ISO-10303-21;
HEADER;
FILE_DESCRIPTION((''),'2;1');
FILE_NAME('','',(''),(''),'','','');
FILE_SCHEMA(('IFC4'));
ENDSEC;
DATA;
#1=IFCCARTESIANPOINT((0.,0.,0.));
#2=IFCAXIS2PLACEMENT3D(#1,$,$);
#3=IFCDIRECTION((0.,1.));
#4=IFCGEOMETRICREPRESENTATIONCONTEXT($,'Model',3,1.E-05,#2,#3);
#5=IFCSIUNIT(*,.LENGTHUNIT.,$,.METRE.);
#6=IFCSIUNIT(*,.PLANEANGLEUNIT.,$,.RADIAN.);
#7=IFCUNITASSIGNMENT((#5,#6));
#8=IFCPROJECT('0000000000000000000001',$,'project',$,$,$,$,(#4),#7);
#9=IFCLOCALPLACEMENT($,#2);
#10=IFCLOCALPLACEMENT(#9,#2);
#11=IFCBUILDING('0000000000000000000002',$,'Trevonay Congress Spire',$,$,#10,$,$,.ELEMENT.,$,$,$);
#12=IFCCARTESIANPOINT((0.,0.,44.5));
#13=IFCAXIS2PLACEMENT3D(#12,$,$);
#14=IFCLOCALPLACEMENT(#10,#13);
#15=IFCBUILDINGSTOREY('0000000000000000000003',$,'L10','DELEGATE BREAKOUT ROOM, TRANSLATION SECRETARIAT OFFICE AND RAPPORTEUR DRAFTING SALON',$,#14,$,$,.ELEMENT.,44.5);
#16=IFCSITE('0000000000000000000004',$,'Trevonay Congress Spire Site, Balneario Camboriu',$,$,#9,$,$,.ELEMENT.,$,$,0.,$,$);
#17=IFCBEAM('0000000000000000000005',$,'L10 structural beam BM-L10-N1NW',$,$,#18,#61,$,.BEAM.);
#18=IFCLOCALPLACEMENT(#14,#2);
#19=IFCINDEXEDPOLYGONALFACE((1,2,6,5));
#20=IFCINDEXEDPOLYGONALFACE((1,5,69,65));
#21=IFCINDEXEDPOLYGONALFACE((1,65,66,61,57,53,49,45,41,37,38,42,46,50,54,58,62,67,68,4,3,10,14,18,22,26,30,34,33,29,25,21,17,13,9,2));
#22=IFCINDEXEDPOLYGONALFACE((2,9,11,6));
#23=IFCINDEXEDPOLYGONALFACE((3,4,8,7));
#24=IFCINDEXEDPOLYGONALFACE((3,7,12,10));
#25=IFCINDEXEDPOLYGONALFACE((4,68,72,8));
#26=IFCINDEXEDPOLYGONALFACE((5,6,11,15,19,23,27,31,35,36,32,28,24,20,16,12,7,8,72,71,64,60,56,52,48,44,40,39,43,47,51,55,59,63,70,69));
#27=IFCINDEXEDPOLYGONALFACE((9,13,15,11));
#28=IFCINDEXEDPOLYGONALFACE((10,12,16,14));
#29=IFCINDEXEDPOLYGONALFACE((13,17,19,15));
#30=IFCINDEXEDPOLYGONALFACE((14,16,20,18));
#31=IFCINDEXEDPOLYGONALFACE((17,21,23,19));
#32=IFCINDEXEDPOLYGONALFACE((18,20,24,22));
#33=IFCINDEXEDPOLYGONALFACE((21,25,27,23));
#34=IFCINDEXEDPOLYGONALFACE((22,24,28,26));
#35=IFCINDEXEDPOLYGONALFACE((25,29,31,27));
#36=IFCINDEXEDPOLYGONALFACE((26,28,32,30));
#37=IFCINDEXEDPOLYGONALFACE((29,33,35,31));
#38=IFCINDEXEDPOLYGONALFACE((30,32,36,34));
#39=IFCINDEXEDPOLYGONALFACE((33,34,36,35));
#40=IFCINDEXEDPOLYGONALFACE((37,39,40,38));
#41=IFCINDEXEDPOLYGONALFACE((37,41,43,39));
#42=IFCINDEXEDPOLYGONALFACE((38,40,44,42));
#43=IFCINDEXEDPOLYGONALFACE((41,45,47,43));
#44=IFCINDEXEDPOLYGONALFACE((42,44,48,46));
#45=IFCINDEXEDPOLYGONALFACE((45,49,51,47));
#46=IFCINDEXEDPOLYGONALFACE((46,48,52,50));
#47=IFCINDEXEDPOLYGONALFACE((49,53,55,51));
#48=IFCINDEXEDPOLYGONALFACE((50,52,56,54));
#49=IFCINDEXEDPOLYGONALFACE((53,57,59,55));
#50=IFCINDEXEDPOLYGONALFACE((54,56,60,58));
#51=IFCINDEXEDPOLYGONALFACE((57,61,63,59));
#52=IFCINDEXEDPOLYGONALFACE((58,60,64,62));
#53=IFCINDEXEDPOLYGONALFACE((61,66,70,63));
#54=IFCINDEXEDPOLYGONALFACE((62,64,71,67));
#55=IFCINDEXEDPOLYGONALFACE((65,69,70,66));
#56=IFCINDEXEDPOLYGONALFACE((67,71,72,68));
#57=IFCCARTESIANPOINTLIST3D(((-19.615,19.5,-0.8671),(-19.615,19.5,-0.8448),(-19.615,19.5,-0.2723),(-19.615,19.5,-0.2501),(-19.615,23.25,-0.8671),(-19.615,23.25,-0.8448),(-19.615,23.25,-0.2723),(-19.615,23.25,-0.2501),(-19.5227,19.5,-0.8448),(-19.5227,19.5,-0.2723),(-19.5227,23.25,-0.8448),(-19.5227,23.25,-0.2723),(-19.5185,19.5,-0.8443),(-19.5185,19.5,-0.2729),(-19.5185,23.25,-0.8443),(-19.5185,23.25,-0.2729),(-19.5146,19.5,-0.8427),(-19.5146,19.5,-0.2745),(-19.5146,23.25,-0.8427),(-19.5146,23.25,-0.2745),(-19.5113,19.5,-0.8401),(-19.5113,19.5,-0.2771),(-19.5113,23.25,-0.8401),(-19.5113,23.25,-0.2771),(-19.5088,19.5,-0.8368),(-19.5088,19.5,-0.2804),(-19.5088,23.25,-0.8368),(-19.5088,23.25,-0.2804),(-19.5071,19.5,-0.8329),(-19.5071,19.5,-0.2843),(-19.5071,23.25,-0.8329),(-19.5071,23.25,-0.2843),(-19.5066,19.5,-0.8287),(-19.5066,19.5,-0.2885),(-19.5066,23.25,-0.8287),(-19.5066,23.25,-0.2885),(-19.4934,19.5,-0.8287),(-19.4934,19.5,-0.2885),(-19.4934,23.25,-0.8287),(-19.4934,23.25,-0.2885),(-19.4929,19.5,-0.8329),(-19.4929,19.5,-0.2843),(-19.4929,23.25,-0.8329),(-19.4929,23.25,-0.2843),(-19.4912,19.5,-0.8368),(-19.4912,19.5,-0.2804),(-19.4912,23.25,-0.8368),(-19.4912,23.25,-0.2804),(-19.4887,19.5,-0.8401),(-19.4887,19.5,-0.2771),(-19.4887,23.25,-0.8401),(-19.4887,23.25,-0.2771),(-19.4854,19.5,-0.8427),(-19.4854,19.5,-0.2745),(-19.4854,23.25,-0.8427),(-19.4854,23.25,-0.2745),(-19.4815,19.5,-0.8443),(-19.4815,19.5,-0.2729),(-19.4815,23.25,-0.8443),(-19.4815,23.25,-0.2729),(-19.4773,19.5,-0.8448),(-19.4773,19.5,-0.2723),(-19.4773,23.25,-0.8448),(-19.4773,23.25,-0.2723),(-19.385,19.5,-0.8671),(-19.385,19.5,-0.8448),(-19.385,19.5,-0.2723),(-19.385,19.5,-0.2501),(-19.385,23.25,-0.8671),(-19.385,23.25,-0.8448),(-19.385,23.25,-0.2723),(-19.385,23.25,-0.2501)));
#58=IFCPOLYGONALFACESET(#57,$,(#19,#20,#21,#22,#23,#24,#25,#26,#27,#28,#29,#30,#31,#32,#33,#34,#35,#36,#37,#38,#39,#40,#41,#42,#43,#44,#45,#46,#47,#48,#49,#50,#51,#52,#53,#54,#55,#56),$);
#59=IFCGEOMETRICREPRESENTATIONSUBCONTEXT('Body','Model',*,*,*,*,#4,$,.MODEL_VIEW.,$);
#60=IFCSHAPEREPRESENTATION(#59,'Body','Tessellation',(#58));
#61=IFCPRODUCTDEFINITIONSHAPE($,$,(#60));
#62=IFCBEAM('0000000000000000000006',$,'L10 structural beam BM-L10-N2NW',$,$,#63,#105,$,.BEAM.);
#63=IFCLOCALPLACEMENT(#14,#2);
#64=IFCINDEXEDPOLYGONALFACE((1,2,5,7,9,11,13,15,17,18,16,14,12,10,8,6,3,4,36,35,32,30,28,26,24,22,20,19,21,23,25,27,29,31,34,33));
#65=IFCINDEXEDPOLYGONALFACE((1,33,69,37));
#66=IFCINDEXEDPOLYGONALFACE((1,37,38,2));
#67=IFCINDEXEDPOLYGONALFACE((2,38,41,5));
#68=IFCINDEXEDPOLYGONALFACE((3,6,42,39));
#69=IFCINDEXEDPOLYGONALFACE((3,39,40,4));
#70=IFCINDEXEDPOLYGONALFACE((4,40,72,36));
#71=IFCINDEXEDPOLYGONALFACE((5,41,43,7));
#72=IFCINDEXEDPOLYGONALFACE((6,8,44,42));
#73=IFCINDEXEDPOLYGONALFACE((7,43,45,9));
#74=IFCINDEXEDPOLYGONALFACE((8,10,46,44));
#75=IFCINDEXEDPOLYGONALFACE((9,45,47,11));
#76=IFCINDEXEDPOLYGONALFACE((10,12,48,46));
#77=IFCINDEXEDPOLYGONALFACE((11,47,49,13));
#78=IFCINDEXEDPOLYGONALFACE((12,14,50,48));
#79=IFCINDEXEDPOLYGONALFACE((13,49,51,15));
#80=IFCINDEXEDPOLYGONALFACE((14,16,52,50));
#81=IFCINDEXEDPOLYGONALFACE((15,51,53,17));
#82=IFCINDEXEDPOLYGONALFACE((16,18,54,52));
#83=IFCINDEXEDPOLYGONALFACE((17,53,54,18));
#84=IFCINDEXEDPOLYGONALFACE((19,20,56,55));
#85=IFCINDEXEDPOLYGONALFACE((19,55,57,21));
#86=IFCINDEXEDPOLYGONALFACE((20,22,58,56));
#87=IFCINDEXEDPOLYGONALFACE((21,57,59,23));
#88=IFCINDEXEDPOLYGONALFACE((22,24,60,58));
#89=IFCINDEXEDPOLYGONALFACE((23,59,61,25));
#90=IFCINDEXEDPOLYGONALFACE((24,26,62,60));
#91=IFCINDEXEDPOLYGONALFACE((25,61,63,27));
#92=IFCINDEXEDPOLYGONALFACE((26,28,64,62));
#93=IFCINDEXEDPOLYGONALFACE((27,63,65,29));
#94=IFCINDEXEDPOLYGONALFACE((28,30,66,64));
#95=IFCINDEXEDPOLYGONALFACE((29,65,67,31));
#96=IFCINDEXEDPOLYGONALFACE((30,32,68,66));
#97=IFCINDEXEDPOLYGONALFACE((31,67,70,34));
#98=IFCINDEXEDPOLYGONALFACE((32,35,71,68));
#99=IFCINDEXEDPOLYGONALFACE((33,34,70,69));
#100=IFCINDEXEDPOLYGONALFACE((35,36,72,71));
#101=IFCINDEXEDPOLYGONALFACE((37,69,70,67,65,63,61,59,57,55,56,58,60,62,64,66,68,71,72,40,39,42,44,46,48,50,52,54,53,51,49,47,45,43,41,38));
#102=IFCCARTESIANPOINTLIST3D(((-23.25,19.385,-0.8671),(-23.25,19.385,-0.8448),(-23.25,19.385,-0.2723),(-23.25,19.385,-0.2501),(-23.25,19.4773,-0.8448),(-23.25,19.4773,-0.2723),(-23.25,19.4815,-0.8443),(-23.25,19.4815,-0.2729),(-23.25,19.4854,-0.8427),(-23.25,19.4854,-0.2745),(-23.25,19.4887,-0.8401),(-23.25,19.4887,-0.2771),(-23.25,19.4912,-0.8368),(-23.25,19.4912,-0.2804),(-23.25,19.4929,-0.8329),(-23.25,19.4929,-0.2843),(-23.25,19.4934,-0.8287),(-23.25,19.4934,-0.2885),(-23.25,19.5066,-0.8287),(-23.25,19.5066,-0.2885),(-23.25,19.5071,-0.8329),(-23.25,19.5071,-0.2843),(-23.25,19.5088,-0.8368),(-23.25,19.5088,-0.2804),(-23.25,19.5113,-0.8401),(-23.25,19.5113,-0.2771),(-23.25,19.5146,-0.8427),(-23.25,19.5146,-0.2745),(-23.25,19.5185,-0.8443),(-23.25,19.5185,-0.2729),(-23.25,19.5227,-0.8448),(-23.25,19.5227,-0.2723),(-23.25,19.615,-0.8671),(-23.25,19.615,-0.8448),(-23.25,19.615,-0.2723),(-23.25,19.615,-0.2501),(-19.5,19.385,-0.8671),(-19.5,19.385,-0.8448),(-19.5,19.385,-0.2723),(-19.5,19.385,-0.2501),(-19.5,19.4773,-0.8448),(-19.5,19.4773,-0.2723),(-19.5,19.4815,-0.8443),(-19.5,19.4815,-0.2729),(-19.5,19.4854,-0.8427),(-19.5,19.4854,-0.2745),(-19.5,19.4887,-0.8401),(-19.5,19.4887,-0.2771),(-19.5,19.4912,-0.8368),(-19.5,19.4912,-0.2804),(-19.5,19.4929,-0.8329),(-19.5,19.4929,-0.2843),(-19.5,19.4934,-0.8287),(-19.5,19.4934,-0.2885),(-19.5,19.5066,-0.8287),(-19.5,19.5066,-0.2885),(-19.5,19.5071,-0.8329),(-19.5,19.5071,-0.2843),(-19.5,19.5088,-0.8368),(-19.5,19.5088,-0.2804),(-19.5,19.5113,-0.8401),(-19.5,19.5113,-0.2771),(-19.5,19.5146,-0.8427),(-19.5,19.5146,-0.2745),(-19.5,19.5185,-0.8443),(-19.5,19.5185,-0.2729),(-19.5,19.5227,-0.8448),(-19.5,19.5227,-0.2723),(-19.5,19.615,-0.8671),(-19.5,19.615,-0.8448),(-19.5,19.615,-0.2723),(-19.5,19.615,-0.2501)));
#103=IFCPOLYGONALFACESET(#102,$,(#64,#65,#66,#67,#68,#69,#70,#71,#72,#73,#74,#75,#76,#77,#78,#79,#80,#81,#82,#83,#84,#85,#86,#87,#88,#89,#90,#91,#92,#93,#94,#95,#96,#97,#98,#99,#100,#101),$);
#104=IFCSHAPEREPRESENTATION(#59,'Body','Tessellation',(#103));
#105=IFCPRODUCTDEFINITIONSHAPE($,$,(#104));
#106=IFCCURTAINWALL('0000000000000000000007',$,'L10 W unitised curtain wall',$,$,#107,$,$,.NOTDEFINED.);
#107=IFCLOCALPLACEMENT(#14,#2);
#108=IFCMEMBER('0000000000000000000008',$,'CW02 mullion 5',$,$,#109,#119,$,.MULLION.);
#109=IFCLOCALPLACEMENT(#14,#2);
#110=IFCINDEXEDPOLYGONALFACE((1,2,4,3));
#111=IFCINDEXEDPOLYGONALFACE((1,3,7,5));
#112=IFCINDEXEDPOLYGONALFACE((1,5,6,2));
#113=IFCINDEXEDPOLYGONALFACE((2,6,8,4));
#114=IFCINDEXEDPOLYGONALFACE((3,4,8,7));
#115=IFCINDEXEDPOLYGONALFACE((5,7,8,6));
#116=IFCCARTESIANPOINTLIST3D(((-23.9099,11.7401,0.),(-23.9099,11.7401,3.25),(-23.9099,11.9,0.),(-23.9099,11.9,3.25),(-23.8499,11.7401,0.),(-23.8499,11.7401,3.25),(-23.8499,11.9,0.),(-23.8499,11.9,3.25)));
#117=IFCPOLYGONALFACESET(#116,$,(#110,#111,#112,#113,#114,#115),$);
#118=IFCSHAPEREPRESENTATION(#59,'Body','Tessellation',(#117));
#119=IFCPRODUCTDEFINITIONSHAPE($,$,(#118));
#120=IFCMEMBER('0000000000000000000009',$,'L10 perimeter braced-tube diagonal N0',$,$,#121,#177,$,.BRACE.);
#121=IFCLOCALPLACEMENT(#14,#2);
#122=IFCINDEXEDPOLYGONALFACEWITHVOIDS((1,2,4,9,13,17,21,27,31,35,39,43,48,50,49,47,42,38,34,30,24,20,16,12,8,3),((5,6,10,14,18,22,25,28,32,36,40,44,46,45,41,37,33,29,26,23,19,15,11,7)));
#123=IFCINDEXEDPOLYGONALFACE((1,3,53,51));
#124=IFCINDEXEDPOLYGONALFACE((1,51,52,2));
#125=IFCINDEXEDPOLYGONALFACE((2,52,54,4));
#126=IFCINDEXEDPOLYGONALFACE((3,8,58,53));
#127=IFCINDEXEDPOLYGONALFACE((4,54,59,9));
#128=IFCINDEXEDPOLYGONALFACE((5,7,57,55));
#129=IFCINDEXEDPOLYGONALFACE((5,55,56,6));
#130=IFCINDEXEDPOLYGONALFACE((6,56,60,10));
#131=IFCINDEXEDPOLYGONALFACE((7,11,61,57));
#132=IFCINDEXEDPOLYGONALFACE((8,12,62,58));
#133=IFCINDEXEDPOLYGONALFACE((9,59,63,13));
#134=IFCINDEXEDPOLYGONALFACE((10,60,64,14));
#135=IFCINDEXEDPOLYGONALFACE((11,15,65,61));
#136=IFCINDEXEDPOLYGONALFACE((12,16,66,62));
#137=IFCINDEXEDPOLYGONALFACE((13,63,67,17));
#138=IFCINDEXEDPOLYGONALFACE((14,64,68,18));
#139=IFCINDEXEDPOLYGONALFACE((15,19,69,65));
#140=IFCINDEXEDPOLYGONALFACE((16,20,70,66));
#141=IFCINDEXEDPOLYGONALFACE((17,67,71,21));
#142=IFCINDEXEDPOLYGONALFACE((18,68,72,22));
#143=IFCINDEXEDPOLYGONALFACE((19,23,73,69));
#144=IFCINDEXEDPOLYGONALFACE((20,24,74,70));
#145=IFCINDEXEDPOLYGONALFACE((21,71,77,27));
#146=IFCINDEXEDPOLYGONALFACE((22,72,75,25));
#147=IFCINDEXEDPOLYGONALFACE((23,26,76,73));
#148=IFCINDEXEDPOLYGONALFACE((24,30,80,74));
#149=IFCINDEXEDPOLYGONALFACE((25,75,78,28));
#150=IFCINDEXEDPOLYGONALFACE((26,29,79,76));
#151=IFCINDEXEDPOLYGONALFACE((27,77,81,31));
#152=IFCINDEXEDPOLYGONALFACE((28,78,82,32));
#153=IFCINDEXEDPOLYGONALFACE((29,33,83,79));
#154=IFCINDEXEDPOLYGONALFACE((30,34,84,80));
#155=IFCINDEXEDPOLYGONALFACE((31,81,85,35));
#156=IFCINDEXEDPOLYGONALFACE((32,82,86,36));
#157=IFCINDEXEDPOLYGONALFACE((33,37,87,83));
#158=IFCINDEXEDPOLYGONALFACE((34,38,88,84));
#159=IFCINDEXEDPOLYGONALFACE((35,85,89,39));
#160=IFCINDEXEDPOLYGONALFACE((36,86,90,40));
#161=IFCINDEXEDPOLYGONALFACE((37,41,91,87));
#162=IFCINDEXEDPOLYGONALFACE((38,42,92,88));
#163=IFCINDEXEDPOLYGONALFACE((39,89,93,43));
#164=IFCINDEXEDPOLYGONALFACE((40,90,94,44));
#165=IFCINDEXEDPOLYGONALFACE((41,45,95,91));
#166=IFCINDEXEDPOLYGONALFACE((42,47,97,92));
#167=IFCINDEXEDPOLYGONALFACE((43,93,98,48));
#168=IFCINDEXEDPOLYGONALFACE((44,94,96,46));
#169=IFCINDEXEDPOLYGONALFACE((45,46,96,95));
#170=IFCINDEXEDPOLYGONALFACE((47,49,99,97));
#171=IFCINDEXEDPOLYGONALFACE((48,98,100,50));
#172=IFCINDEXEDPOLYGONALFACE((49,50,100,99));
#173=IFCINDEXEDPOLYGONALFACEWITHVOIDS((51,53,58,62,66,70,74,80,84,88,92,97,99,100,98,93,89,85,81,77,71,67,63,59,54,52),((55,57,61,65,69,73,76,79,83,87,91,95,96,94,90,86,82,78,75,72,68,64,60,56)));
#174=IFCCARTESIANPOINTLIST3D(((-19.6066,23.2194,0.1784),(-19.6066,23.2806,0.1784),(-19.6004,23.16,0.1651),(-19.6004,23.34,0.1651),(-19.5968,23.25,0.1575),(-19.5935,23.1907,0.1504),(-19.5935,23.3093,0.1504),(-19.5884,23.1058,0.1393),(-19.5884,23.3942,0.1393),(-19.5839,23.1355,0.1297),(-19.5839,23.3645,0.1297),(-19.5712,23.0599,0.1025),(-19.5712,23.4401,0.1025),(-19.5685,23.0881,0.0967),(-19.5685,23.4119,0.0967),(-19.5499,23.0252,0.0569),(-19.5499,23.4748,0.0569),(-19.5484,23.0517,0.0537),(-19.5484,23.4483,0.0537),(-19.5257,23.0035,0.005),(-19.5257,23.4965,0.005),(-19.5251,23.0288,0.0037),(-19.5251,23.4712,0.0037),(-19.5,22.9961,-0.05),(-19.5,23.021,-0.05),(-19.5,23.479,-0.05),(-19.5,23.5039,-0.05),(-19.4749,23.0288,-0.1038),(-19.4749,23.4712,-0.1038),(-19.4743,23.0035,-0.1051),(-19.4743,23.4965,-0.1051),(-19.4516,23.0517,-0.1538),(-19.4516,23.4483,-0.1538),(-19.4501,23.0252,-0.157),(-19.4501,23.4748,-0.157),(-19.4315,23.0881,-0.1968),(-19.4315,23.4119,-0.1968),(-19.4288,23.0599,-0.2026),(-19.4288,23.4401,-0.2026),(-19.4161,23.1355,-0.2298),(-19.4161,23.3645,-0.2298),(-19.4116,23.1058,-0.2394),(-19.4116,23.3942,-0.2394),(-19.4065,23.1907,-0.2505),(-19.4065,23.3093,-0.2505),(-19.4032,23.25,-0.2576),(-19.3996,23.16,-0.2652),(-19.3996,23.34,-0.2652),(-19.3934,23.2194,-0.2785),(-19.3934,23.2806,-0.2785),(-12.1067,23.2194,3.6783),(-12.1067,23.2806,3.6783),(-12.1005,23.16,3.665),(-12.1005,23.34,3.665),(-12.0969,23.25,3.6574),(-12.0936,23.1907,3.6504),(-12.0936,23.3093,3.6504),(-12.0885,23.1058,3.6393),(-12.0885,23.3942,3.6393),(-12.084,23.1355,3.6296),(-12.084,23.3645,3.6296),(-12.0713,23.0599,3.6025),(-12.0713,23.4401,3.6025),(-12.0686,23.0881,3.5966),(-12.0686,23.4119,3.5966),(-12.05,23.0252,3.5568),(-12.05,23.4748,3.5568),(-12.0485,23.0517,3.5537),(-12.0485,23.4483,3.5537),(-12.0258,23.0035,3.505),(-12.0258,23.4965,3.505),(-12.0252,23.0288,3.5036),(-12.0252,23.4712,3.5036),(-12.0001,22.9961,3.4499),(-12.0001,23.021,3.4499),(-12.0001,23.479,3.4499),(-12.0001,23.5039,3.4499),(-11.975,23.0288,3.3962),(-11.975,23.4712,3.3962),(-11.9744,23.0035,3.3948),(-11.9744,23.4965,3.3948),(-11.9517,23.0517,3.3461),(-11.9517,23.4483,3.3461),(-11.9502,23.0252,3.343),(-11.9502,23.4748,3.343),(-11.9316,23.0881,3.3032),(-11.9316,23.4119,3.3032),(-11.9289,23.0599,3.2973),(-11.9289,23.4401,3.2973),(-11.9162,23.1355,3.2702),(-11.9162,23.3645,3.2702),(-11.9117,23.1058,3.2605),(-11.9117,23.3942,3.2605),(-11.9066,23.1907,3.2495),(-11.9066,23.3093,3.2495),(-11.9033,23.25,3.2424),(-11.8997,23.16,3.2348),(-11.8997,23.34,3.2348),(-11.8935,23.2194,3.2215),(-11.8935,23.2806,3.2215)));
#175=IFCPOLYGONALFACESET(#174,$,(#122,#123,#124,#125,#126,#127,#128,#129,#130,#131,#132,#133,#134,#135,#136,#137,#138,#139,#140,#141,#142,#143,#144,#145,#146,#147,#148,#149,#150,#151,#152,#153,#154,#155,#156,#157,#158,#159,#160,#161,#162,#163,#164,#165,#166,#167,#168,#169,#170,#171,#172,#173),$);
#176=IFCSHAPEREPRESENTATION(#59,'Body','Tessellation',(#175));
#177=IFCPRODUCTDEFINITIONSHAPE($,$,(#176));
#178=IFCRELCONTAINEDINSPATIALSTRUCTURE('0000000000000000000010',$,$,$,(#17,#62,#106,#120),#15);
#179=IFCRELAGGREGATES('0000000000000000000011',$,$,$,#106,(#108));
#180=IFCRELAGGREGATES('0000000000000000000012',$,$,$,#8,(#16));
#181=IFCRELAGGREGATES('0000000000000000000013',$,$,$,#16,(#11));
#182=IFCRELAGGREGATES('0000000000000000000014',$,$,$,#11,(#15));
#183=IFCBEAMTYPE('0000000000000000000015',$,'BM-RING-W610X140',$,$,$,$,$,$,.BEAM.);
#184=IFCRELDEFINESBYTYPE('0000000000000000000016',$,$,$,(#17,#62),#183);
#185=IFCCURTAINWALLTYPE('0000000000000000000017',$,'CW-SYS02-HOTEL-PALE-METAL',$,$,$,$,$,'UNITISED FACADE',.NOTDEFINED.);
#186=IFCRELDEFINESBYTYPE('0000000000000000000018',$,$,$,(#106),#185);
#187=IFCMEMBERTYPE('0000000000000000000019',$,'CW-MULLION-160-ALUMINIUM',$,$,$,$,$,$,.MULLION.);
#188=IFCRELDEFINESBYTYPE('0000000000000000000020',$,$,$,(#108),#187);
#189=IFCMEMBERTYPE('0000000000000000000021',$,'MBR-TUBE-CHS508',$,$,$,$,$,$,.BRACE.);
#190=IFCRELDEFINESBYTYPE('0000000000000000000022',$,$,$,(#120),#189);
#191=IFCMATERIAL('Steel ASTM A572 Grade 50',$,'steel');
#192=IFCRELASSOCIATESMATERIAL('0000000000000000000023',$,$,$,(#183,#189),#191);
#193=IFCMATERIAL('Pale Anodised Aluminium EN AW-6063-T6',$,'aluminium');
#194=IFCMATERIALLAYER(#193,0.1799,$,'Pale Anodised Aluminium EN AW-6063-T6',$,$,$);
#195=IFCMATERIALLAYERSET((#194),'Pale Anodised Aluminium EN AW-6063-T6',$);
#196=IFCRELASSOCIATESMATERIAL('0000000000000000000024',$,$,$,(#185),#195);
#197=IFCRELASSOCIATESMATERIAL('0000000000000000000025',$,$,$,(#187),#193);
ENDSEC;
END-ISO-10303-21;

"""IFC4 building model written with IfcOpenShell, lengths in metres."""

from ifc_helpers import new_model, si_unit, direction, frame, origin, origin_2d, place, context, subcontext, project, spatial, rectangle, hollow_circle, i_section, extrude, material, layer, layer_set, material_profile, profile_set, type_object, element, aggregate, save


model = new_model("IFC4")

# Units and contexts
model_context = context("Model", 3, precision=1e-05, world=origin(), true_north=direction((0.0, 1.0)))
body_context = subcontext(model_context, "Body", "Model", "MODEL_VIEW")
ifc_project = project(units=[si_unit("LENGTHUNIT", "METRE"), si_unit("PLANEANGLEUNIT", "RADIAN")], contexts=[model_context])

# Site, building, storey
site_placement = place(None, origin())
site = spatial("IfcSite", under=ifc_project, at=site_placement, Name="Trevonay Congress Spire Site, Balneario Camboriu", CompositionType="ELEMENT", RefElevation=0.0)
building_placement = place(site_placement, origin())
building = spatial("IfcBuilding", under=site, at=building_placement, Name="Trevonay Congress Spire", CompositionType="ELEMENT")
storey_placement = place(building_placement, frame((0.0, 0.0, 44.5)))
storey = spatial("IfcBuildingStorey", under=building, at=storey_placement, Name="L10", Description="DELEGATE BREAKOUT ROOM, TRANSLATION SECRETARIAT OFFICE AND RAPPORTEUR DRAFTING SALON", CompositionType="ELEMENT", Elevation=44.5)

# Shared definitions
ifc_material_1 = material(Name="Steel ASTM A572 Grade 50", Category="steel")

# Beams
ifc_material_profile_1 = material_profile(ifc_material_1, i_section(OverallWidth=0.23, OverallDepth=0.6169, WebThickness=0.0132, FlangeThickness=0.0222, FilletRadius=0.0161, at=origin_2d()), Name="W610x140")
ifc_profile_set_1 = profile_set([ifc_material_profile_1], Name="Steel ASTM A572 Grade 50")
beam_type = type_object("IfcBeamType", Name="BM-RING-W610X140", PredefinedType="BEAM", material=ifc_profile_set_1)
for number, where, z_axis, x_axis, name in (
    (1, (-19.5, 23.25, -0.5586), (0.0, -1.0, 0.0), (1.0, 0.0, 0.0), "L10 structural beam BM-L10-N1NW"),
    (2, (-23.25, 19.5, -0.5586), (1.0, 0.0, 0.0), (0.0, 1.0, 0.0), "L10 structural beam BM-L10-N2NW"),
):
    element("IfcBeam", number, at=place(storey_placement, frame(where, z_axis=z_axis, x_axis=x_axis)), inside=storey, type_object=beam_type, Name=name, PredefinedType="BEAM", context=body_context, shape_type="SweptSolid", body=[
        extrude(i_section(OverallWidth=0.23, OverallDepth=0.6169, WebThickness=0.0132, FlangeThickness=0.0222, FilletRadius=0.0161, at=origin_2d()), origin(), (0.0, 0.0, 1.0), 3.75),
    ])

# Curtain wall, member
ifc_material_2 = material(Name="Pale Anodised Aluminium EN AW-6063-T6", Category="aluminium")
ifc_layer_1 = layer(ifc_material_2, 0.1799, Name="Pale Anodised Aluminium EN AW-6063-T6")
ifc_layer_set_1 = layer_set([ifc_layer_1], Name="Pale Anodised Aluminium EN AW-6063-T6")
curtain_wall_type = type_object("IfcCurtainWallType", Name="CW-SYS02-HOTEL-PALE-METAL", ElementType="UNITISED FACADE", PredefinedType="NOTDEFINED", material=ifc_layer_set_1)
curtain_wall_placement = place(storey_placement, origin())
curtain_wall = element("IfcCurtainWall", 3, at=curtain_wall_placement, inside=storey, type_object=curtain_wall_type, Name="L10 W unitised curtain wall", PredefinedType="NOTDEFINED")
ifc_material_profile_2 = material_profile(ifc_material_2, rectangle(XDim=0.0601, YDim=0.1599, at=origin_2d()), Name="CW-MULLION-160-ALUMINIUM")
ifc_profile_set_2 = profile_set([ifc_material_profile_2], Name="Pale Anodised Aluminium EN AW-6063-T6")
member_type_1 = type_object("IfcMemberType", Name="CW-MULLION-160-ALUMINIUM", PredefinedType="MULLION", material=ifc_profile_set_2)
member_placement = place(storey_placement, frame((-23.8799, 11.8201, 0.0), z_axis=(0.0, 0.0, 1.0), x_axis=(-1.0, 0.0, 0.0)))
member = element("IfcMember", 4, at=member_placement, type_object=member_type_1, Name="CW02 mullion 5", PredefinedType="MULLION", context=body_context, shape_type="SweptSolid", body=[
    extrude(rectangle(XDim=0.0601, YDim=0.1599, at=origin_2d()), origin(), (0.0, 0.0, 1.0), 3.25),
])

# Member
ifc_material_profile_3 = material_profile(ifc_material_1, hollow_circle(Radius=0.2539, WallThickness=0.0249, at=origin_2d()), Name="CHS 508x25")
ifc_profile_set_3 = profile_set([ifc_material_profile_3], Name="Steel ASTM A572 Grade 50")
member_type_2 = type_object("IfcMemberType", Name="MBR-TUBE-CHS508", PredefinedType="BRACE", material=ifc_profile_set_3)
for number, where, z_axis, x_axis, name in (
    (5, (-19.5, 23.25, -0.05), (0.906183, 0.0, 0.422885), (0.0, 1.0, 0.0), "L10 perimeter braced-tube diagonal N0"),
):
    element("IfcMember", number, at=place(storey_placement, frame(where, z_axis=z_axis, x_axis=x_axis)), inside=storey, type_object=member_type_2, Name=name, PredefinedType="BRACE", context=body_context, shape_type="SweptSolid", body=[
        extrude(hollow_circle(Radius=0.2539, WallThickness=0.0249, at=origin_2d()), origin(), (0.0, 0.0, 1.0), 8.2764),
    ])

aggregate(curtain_wall, [member])

save(model, "model.ifc")
